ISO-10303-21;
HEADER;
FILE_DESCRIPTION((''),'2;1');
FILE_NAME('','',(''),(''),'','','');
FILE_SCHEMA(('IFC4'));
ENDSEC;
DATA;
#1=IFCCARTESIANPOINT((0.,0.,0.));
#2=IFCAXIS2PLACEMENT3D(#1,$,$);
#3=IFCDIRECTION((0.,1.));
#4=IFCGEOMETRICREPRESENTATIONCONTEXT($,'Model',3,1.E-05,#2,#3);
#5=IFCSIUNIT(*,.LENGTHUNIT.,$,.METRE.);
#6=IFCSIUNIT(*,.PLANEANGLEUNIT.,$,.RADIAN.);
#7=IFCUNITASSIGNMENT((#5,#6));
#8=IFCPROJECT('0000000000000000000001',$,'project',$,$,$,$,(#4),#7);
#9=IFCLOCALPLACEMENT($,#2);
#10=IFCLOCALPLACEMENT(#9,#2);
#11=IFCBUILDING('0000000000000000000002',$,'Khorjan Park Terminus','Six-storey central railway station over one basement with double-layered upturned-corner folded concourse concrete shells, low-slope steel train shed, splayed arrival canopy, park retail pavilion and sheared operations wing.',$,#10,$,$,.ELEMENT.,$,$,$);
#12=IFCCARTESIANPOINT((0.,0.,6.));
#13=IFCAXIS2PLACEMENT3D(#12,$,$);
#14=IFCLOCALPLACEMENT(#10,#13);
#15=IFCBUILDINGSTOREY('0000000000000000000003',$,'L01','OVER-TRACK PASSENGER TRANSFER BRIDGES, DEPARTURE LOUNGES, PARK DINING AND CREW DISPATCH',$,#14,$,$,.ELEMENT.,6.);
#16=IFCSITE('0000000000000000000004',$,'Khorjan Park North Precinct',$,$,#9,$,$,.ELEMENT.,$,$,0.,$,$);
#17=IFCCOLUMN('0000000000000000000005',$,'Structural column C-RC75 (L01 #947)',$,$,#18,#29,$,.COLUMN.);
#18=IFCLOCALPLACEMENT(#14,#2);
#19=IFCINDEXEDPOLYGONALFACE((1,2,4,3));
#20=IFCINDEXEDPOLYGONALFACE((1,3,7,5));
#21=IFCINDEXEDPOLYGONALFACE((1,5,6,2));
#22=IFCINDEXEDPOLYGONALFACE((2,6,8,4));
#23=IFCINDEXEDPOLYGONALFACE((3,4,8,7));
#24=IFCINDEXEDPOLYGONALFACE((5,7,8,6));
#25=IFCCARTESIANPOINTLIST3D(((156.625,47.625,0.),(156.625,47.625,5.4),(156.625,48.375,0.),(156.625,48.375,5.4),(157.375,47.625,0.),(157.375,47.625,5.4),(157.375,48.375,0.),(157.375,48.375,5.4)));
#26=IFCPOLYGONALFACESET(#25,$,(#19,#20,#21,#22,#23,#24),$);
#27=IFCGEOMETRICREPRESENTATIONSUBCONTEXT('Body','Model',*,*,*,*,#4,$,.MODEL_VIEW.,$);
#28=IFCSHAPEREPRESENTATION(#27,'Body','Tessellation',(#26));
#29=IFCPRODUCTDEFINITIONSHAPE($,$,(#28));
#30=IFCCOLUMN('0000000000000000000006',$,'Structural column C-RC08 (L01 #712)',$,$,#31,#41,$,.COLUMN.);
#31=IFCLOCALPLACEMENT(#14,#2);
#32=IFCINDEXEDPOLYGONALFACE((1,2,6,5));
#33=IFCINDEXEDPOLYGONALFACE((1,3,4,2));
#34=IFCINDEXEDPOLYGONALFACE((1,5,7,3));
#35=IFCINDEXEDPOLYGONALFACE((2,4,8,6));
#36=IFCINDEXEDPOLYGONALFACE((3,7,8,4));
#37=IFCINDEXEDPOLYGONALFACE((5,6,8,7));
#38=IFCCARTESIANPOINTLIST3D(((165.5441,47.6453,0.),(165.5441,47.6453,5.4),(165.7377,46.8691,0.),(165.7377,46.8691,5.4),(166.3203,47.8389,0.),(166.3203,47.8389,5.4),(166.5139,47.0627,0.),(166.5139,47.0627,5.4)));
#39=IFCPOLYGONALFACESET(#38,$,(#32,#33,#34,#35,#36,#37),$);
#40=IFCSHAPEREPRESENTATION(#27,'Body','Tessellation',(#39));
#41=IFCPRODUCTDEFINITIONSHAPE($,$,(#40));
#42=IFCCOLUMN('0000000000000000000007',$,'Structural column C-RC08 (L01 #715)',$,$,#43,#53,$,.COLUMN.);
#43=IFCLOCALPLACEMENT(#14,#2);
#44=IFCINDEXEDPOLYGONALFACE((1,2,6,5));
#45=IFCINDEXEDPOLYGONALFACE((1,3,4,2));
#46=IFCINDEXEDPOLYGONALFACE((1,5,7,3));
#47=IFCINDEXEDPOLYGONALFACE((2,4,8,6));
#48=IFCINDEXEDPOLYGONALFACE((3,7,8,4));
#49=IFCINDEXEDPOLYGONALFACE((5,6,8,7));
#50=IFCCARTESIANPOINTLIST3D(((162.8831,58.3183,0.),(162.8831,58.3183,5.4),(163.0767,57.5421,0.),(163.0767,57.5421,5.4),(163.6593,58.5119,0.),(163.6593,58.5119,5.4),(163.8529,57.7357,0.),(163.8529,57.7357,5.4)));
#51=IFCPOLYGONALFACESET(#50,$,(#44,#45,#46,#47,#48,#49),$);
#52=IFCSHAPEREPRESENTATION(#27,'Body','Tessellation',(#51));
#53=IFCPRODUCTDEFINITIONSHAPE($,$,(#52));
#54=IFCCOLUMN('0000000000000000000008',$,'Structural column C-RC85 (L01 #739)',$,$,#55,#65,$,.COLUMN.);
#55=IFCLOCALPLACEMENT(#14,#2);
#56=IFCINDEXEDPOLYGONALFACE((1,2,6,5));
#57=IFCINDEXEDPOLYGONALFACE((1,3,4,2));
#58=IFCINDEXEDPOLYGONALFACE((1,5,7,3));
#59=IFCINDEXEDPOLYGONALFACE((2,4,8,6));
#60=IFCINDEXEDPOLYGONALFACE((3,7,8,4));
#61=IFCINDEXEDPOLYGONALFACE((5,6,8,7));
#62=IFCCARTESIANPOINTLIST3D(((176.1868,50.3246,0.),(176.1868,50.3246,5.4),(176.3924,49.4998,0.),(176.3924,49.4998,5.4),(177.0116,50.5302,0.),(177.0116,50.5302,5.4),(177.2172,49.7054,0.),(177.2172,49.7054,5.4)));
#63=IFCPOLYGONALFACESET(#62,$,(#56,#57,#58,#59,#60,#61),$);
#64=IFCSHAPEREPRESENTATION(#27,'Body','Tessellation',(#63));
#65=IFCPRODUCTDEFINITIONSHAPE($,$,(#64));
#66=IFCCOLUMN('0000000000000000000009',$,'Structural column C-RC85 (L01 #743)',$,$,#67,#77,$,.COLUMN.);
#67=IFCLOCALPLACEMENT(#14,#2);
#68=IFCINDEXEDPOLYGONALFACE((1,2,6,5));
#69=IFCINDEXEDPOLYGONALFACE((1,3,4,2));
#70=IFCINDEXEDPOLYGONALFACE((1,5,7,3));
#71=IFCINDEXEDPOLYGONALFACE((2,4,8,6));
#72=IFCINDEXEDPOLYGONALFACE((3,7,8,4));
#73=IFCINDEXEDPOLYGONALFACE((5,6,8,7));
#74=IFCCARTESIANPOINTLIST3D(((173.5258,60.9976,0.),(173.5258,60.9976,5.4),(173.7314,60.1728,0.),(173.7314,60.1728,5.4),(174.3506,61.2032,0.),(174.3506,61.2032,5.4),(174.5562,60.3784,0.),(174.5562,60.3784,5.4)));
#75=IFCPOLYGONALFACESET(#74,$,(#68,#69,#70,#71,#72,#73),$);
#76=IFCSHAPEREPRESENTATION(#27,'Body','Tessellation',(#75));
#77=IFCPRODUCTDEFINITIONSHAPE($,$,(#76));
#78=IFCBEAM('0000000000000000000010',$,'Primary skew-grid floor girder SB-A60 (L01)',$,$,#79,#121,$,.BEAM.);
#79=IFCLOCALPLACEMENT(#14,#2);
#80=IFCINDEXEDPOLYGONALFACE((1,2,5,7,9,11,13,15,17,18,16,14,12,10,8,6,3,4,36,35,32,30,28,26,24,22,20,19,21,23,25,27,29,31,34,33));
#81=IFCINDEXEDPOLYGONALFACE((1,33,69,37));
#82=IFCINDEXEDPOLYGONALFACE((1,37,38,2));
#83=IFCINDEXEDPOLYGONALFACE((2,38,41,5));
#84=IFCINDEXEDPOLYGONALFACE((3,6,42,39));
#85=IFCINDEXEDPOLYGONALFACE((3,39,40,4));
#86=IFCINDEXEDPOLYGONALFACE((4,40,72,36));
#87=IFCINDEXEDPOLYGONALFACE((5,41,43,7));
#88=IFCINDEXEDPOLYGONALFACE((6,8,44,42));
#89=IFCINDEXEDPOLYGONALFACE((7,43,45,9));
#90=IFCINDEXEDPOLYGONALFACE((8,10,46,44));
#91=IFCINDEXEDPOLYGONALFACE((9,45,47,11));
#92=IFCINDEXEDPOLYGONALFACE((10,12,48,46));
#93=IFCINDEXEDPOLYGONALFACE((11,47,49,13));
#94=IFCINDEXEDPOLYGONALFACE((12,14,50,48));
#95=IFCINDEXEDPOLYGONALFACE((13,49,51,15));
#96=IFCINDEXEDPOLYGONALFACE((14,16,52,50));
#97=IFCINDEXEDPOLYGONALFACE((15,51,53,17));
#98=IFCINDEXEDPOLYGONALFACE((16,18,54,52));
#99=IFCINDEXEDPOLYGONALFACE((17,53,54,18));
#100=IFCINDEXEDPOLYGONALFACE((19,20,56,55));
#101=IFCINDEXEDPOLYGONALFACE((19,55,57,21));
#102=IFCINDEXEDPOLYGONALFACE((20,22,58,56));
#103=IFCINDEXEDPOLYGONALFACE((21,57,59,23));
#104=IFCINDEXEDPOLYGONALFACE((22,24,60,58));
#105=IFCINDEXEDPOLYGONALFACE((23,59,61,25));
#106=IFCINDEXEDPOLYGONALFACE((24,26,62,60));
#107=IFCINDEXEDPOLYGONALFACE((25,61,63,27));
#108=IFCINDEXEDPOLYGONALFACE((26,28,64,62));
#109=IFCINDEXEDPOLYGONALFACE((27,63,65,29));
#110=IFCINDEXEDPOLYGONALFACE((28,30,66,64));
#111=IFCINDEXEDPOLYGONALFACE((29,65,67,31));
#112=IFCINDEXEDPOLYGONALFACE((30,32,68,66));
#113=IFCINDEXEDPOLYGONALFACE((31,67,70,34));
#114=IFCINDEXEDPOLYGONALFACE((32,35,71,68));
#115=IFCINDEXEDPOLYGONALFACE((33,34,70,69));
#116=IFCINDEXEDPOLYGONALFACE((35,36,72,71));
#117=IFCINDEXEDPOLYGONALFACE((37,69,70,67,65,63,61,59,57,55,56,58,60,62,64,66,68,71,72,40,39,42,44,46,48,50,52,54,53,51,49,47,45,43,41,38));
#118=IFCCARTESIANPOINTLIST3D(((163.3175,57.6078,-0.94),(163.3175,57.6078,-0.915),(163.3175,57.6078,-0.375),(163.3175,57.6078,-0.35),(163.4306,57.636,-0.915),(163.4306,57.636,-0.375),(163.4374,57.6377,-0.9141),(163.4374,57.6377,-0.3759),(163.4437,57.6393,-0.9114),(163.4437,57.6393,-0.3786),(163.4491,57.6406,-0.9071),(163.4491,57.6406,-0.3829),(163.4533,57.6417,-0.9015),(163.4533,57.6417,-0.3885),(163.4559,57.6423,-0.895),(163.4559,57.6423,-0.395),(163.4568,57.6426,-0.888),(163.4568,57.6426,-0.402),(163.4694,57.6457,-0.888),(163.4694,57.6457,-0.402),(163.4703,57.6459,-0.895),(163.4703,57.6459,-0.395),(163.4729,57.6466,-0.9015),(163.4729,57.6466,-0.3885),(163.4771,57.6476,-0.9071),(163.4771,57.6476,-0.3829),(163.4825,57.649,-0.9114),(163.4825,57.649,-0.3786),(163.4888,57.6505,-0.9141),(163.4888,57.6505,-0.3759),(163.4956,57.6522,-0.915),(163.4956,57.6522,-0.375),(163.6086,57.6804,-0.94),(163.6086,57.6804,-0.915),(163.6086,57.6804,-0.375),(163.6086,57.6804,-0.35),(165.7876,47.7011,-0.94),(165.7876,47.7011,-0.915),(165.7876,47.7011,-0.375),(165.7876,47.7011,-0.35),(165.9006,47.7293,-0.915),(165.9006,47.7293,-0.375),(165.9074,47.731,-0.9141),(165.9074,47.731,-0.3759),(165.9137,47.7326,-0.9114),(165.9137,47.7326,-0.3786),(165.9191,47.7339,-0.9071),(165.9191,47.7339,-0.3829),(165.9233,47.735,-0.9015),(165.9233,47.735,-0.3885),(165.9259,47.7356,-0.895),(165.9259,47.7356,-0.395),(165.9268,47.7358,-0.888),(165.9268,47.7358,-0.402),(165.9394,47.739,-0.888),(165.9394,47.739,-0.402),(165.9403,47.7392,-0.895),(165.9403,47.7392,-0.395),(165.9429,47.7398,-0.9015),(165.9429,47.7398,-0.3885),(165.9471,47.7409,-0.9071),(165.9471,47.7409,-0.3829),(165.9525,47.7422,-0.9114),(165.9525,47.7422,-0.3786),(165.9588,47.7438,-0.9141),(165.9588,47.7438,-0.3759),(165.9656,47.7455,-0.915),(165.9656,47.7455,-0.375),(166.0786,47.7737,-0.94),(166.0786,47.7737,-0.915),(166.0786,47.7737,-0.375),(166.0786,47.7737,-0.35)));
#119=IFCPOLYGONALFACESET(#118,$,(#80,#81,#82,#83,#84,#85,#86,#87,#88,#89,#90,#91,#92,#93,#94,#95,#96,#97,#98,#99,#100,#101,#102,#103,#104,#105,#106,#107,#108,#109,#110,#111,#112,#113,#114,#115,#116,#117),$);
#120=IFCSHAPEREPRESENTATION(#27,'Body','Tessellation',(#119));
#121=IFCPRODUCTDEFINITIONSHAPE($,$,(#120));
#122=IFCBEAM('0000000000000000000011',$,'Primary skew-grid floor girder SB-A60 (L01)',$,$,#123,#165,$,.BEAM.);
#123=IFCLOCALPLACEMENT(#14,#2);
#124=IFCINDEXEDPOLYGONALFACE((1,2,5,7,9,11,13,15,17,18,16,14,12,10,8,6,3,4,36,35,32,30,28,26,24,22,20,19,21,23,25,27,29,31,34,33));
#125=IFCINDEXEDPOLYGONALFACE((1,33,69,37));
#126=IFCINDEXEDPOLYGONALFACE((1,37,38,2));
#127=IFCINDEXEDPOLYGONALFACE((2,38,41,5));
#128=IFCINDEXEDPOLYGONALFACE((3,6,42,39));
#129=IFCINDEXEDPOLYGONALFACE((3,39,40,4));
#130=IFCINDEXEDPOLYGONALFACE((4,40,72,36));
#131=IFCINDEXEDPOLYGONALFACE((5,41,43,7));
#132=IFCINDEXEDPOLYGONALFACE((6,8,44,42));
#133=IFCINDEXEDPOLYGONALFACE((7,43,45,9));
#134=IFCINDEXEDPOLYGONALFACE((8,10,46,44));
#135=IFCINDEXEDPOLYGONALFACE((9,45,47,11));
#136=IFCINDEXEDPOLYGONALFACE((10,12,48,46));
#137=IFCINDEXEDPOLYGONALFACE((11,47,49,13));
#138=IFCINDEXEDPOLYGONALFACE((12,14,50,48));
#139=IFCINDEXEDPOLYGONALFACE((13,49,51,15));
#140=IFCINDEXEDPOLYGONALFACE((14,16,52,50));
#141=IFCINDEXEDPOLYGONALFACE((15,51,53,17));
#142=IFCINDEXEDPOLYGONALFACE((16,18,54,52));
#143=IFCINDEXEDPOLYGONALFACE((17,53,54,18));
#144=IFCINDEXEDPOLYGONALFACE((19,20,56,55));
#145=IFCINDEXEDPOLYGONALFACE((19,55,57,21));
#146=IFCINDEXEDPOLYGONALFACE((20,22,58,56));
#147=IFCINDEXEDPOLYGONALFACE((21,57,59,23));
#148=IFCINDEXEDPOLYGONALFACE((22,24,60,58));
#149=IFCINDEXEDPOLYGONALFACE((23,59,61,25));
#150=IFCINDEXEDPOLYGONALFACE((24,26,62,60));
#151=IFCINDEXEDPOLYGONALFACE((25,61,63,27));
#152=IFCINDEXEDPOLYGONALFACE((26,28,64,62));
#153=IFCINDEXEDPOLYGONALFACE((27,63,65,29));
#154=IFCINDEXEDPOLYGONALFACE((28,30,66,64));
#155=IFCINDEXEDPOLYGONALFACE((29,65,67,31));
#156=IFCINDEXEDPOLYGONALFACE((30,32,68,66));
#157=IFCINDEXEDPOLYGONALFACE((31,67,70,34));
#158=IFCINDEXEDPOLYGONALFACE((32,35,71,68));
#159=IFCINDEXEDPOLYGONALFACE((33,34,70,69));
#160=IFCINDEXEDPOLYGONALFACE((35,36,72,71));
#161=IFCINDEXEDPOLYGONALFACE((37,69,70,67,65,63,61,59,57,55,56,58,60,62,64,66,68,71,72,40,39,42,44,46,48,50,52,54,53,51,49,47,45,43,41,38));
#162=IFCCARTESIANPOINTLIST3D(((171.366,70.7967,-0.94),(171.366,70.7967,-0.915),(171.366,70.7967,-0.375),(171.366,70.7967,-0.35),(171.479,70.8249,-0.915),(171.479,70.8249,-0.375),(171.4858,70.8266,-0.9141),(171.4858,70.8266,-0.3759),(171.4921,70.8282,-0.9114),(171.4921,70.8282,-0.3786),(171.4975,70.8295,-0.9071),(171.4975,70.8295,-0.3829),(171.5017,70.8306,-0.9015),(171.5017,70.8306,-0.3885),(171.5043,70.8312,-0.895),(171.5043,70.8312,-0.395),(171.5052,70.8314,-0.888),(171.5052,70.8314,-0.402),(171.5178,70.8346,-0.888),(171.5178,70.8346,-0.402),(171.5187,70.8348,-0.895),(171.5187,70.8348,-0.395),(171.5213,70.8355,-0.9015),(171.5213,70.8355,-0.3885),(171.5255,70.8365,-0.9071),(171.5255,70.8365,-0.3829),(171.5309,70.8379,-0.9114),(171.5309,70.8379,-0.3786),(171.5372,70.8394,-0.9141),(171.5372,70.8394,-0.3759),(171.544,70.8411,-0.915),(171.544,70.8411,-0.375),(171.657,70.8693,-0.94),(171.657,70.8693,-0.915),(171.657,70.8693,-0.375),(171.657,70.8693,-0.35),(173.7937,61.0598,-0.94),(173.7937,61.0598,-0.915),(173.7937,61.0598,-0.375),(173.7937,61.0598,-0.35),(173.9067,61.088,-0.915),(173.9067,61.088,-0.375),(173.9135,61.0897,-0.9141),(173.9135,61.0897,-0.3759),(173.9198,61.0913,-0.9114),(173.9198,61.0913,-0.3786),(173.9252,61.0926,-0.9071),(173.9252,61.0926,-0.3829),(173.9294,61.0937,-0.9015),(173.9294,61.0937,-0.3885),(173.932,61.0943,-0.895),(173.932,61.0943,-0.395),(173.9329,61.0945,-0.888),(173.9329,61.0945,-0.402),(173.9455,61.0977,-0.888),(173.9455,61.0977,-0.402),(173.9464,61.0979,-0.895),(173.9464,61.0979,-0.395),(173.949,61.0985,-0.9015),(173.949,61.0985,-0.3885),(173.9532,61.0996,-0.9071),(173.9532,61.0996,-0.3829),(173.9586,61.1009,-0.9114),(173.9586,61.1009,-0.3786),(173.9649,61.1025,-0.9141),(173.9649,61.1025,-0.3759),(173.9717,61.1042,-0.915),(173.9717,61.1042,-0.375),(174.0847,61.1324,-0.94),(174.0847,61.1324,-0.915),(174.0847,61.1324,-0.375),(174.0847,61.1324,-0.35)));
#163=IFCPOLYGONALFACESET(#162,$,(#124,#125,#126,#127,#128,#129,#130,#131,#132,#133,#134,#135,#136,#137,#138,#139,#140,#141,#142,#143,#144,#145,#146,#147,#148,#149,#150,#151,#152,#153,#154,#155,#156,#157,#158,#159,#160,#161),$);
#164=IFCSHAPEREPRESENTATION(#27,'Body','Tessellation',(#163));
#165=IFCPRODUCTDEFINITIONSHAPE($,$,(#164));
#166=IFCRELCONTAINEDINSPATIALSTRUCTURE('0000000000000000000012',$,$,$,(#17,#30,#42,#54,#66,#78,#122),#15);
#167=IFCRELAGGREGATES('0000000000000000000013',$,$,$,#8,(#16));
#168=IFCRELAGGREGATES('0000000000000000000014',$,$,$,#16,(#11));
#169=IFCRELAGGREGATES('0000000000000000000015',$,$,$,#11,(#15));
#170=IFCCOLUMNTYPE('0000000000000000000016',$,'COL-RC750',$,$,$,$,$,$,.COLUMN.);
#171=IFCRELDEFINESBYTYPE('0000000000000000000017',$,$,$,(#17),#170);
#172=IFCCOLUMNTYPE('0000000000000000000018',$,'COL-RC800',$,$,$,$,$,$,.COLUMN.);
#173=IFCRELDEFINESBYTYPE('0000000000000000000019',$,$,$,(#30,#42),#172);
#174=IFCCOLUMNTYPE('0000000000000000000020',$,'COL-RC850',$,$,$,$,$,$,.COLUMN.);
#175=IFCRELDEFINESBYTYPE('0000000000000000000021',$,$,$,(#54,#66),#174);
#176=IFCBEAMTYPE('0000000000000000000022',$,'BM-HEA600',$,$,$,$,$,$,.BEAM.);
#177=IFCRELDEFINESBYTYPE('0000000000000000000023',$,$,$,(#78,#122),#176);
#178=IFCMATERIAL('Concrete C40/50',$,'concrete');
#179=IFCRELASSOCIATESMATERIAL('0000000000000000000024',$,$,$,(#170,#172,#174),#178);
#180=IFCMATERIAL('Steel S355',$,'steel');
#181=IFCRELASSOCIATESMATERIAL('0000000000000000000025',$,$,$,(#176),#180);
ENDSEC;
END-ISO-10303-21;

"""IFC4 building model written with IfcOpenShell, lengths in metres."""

from ifc_helpers import new_model, si_unit, direction, frame, origin, origin_2d, place, context, subcontext, project, spatial, rectangle, i_section, extrude, material, material_profile, profile_set, type_object, element, save


model = new_model("IFC4")

# Units and contexts
model_context = context("Model", 3, precision=1e-05, world=origin(), true_north=direction((0.0, 1.0)))
body_context = subcontext(model_context, "Body", "Model", "MODEL_VIEW")
ifc_project = project(units=[si_unit("LENGTHUNIT", "METRE"), si_unit("PLANEANGLEUNIT", "RADIAN")], contexts=[model_context])

# Site, building, storey
site_placement = place(None, origin())
site = spatial("IfcSite", under=ifc_project, at=site_placement, Name="Khorjan Park North Precinct", CompositionType="ELEMENT", RefElevation=0.0)
building_placement = place(site_placement, origin())
building = spatial("IfcBuilding", under=site, at=building_placement, Name="Khorjan Park Terminus", Description="Six-storey central railway station over one basement with double-layered upturned-corner folded concourse concrete shells, low-slope steel train shed, splayed arrival canopy, park retail pavilion and sheared operations wing.", CompositionType="ELEMENT")
storey_placement = place(building_placement, frame((0.0, 0.0, 6.0)))
storey = spatial("IfcBuildingStorey", under=building, at=storey_placement, Name="L01", Description="OVER-TRACK PASSENGER TRANSFER BRIDGES, DEPARTURE LOUNGES, PARK DINING AND CREW DISPATCH", CompositionType="ELEMENT", Elevation=6.0)

# Columns
ifc_material_1 = material(Name="Concrete C40/50", Category="concrete")
ifc_material_profile_1 = material_profile(ifc_material_1, rectangle(XDim=0.75, YDim=0.75, at=origin_2d()), Name="RC 750x750")
ifc_profile_set_1 = profile_set([ifc_material_profile_1], Name="Concrete C40/50")
column_type_1 = type_object("IfcColumnType", Name="COL-RC750", PredefinedType="COLUMN", material=ifc_profile_set_1)
column_placement = place(storey_placement, frame((157.0, 48.0, 0.0), z_axis=(0.0, 0.0, 1.0), x_axis=(1.0, 0.0, 0.0)))
element("IfcColumn", 1, at=column_placement, inside=storey, type_object=column_type_1, Name="Structural column C-RC75 (L01 #947)", PredefinedType="COLUMN", context=body_context, shape_type="SweptSolid", body=[
    extrude(rectangle(XDim=0.75, YDim=0.75, at=origin_2d()), origin(), (0.0, 0.0, 1.0), 5.4),
])
ifc_material_profile_2 = material_profile(ifc_material_1, rectangle(XDim=0.8, YDim=0.8, at=origin_2d()), Name="RC 800x800")
ifc_profile_set_2 = profile_set([ifc_material_profile_2], Name="Concrete C40/50")
column_type_2 = type_object("IfcColumnType", Name="COL-RC800", PredefinedType="COLUMN", material=ifc_profile_set_2)
for number, where, z_axis, x_axis, name in (
    (2, (166.029, 47.354, 0.0), (0.0, 0.0, 1.0), (0.970296, 0.241922, 0.0), "Structural column C-RC08 (L01 #712)"),
    (3, (163.368, 58.027, 0.0), (0.0, 0.0, 1.0), (0.970296, 0.241922, 0.0), "Structural column C-RC08 (L01 #715)"),
):
    element("IfcColumn", number, at=place(storey_placement, frame(where, z_axis=z_axis, x_axis=x_axis)), inside=storey, type_object=column_type_2, Name=name, PredefinedType="COLUMN", context=body_context, shape_type="SweptSolid", body=[
        extrude(rectangle(XDim=0.8, YDim=0.8, at=origin_2d()), origin(), (0.0, 0.0, 1.0), 5.4),
    ])
ifc_material_profile_3 = material_profile(ifc_material_1, rectangle(XDim=0.85, YDim=0.85, at=origin_2d()), Name="RC 850x850")
ifc_profile_set_3 = profile_set([ifc_material_profile_3], Name="Concrete C40/50")
column_type_3 = type_object("IfcColumnType", Name="COL-RC850", PredefinedType="COLUMN", material=ifc_profile_set_3)
for number, where, z_axis, x_axis, name in (
    (4, (176.702, 50.015, 0.0), (0.0, 0.0, 1.0), (0.970296, 0.241922, 0.0), "Structural column C-RC85 (L01 #739)"),
    (5, (174.041, 60.688, 0.0), (0.0, 0.0, 1.0), (0.970296, 0.241922, 0.0), "Structural column C-RC85 (L01 #743)"),
):
    element("IfcColumn", number, at=place(storey_placement, frame(where, z_axis=z_axis, x_axis=x_axis)), inside=storey, type_object=column_type_3, Name=name, PredefinedType="COLUMN", context=body_context, shape_type="SweptSolid", body=[
        extrude(rectangle(XDim=0.85, YDim=0.85, at=origin_2d()), origin(), (0.0, 0.0, 1.0), 5.4),
    ])

# Beams
ifc_material_2 = material(Name="Steel S355", Category="steel")
ifc_material_profile_4 = material_profile(ifc_material_2, i_section(OverallWidth=0.3, OverallDepth=0.59, WebThickness=0.013, FlangeThickness=0.025, FilletRadius=0.027, at=origin_2d()), Name="HEA 600")
ifc_profile_set_4 = profile_set([ifc_material_profile_4], Name="Steel S355")
beam_type_1 = type_object("IfcBeamType", Name="BM-HEA600", PredefinedType="BEAM", material=ifc_profile_set_4)
beam_1_placement = place(storey_placement, frame((165.9331, 47.7374, -0.645), z_axis=(-0.24192, 0.970296, 0.0), x_axis=(-0.970296, -0.24192, 0.0)))
element("IfcBeam", 6, at=beam_1_placement, inside=storey, type_object=beam_type_1, Name="Primary skew-grid floor girder SB-A60 (L01)", PredefinedType="BEAM", context=body_context, shape_type="SweptSolid", body=[
    extrude(i_section(OverallWidth=0.3, OverallDepth=0.59, WebThickness=0.013, FlangeThickness=0.025, FilletRadius=0.027, at=origin_2d()), origin(), (0.0, 0.0, 1.0), 10.21),
])
beam_2_placement = place(storey_placement, frame((173.9392, 61.0961, -0.645), z_axis=(-0.241924, 0.970295, 0.0), x_axis=(-0.970295, -0.241924, 0.0)))
element("IfcBeam", 7, at=beam_2_placement, inside=storey, type_object=beam_type_1, Name="Primary skew-grid floor girder SB-A60 (L01)", PredefinedType="BEAM", context=body_context, shape_type="SweptSolid", body=[
    extrude(i_section(OverallWidth=0.3, OverallDepth=0.59, WebThickness=0.013, FlangeThickness=0.025, FilletRadius=0.027, at=origin_2d()), origin(), (0.0, 0.0, 1.0), 10.035),
])

save(model, "model.ifc")
